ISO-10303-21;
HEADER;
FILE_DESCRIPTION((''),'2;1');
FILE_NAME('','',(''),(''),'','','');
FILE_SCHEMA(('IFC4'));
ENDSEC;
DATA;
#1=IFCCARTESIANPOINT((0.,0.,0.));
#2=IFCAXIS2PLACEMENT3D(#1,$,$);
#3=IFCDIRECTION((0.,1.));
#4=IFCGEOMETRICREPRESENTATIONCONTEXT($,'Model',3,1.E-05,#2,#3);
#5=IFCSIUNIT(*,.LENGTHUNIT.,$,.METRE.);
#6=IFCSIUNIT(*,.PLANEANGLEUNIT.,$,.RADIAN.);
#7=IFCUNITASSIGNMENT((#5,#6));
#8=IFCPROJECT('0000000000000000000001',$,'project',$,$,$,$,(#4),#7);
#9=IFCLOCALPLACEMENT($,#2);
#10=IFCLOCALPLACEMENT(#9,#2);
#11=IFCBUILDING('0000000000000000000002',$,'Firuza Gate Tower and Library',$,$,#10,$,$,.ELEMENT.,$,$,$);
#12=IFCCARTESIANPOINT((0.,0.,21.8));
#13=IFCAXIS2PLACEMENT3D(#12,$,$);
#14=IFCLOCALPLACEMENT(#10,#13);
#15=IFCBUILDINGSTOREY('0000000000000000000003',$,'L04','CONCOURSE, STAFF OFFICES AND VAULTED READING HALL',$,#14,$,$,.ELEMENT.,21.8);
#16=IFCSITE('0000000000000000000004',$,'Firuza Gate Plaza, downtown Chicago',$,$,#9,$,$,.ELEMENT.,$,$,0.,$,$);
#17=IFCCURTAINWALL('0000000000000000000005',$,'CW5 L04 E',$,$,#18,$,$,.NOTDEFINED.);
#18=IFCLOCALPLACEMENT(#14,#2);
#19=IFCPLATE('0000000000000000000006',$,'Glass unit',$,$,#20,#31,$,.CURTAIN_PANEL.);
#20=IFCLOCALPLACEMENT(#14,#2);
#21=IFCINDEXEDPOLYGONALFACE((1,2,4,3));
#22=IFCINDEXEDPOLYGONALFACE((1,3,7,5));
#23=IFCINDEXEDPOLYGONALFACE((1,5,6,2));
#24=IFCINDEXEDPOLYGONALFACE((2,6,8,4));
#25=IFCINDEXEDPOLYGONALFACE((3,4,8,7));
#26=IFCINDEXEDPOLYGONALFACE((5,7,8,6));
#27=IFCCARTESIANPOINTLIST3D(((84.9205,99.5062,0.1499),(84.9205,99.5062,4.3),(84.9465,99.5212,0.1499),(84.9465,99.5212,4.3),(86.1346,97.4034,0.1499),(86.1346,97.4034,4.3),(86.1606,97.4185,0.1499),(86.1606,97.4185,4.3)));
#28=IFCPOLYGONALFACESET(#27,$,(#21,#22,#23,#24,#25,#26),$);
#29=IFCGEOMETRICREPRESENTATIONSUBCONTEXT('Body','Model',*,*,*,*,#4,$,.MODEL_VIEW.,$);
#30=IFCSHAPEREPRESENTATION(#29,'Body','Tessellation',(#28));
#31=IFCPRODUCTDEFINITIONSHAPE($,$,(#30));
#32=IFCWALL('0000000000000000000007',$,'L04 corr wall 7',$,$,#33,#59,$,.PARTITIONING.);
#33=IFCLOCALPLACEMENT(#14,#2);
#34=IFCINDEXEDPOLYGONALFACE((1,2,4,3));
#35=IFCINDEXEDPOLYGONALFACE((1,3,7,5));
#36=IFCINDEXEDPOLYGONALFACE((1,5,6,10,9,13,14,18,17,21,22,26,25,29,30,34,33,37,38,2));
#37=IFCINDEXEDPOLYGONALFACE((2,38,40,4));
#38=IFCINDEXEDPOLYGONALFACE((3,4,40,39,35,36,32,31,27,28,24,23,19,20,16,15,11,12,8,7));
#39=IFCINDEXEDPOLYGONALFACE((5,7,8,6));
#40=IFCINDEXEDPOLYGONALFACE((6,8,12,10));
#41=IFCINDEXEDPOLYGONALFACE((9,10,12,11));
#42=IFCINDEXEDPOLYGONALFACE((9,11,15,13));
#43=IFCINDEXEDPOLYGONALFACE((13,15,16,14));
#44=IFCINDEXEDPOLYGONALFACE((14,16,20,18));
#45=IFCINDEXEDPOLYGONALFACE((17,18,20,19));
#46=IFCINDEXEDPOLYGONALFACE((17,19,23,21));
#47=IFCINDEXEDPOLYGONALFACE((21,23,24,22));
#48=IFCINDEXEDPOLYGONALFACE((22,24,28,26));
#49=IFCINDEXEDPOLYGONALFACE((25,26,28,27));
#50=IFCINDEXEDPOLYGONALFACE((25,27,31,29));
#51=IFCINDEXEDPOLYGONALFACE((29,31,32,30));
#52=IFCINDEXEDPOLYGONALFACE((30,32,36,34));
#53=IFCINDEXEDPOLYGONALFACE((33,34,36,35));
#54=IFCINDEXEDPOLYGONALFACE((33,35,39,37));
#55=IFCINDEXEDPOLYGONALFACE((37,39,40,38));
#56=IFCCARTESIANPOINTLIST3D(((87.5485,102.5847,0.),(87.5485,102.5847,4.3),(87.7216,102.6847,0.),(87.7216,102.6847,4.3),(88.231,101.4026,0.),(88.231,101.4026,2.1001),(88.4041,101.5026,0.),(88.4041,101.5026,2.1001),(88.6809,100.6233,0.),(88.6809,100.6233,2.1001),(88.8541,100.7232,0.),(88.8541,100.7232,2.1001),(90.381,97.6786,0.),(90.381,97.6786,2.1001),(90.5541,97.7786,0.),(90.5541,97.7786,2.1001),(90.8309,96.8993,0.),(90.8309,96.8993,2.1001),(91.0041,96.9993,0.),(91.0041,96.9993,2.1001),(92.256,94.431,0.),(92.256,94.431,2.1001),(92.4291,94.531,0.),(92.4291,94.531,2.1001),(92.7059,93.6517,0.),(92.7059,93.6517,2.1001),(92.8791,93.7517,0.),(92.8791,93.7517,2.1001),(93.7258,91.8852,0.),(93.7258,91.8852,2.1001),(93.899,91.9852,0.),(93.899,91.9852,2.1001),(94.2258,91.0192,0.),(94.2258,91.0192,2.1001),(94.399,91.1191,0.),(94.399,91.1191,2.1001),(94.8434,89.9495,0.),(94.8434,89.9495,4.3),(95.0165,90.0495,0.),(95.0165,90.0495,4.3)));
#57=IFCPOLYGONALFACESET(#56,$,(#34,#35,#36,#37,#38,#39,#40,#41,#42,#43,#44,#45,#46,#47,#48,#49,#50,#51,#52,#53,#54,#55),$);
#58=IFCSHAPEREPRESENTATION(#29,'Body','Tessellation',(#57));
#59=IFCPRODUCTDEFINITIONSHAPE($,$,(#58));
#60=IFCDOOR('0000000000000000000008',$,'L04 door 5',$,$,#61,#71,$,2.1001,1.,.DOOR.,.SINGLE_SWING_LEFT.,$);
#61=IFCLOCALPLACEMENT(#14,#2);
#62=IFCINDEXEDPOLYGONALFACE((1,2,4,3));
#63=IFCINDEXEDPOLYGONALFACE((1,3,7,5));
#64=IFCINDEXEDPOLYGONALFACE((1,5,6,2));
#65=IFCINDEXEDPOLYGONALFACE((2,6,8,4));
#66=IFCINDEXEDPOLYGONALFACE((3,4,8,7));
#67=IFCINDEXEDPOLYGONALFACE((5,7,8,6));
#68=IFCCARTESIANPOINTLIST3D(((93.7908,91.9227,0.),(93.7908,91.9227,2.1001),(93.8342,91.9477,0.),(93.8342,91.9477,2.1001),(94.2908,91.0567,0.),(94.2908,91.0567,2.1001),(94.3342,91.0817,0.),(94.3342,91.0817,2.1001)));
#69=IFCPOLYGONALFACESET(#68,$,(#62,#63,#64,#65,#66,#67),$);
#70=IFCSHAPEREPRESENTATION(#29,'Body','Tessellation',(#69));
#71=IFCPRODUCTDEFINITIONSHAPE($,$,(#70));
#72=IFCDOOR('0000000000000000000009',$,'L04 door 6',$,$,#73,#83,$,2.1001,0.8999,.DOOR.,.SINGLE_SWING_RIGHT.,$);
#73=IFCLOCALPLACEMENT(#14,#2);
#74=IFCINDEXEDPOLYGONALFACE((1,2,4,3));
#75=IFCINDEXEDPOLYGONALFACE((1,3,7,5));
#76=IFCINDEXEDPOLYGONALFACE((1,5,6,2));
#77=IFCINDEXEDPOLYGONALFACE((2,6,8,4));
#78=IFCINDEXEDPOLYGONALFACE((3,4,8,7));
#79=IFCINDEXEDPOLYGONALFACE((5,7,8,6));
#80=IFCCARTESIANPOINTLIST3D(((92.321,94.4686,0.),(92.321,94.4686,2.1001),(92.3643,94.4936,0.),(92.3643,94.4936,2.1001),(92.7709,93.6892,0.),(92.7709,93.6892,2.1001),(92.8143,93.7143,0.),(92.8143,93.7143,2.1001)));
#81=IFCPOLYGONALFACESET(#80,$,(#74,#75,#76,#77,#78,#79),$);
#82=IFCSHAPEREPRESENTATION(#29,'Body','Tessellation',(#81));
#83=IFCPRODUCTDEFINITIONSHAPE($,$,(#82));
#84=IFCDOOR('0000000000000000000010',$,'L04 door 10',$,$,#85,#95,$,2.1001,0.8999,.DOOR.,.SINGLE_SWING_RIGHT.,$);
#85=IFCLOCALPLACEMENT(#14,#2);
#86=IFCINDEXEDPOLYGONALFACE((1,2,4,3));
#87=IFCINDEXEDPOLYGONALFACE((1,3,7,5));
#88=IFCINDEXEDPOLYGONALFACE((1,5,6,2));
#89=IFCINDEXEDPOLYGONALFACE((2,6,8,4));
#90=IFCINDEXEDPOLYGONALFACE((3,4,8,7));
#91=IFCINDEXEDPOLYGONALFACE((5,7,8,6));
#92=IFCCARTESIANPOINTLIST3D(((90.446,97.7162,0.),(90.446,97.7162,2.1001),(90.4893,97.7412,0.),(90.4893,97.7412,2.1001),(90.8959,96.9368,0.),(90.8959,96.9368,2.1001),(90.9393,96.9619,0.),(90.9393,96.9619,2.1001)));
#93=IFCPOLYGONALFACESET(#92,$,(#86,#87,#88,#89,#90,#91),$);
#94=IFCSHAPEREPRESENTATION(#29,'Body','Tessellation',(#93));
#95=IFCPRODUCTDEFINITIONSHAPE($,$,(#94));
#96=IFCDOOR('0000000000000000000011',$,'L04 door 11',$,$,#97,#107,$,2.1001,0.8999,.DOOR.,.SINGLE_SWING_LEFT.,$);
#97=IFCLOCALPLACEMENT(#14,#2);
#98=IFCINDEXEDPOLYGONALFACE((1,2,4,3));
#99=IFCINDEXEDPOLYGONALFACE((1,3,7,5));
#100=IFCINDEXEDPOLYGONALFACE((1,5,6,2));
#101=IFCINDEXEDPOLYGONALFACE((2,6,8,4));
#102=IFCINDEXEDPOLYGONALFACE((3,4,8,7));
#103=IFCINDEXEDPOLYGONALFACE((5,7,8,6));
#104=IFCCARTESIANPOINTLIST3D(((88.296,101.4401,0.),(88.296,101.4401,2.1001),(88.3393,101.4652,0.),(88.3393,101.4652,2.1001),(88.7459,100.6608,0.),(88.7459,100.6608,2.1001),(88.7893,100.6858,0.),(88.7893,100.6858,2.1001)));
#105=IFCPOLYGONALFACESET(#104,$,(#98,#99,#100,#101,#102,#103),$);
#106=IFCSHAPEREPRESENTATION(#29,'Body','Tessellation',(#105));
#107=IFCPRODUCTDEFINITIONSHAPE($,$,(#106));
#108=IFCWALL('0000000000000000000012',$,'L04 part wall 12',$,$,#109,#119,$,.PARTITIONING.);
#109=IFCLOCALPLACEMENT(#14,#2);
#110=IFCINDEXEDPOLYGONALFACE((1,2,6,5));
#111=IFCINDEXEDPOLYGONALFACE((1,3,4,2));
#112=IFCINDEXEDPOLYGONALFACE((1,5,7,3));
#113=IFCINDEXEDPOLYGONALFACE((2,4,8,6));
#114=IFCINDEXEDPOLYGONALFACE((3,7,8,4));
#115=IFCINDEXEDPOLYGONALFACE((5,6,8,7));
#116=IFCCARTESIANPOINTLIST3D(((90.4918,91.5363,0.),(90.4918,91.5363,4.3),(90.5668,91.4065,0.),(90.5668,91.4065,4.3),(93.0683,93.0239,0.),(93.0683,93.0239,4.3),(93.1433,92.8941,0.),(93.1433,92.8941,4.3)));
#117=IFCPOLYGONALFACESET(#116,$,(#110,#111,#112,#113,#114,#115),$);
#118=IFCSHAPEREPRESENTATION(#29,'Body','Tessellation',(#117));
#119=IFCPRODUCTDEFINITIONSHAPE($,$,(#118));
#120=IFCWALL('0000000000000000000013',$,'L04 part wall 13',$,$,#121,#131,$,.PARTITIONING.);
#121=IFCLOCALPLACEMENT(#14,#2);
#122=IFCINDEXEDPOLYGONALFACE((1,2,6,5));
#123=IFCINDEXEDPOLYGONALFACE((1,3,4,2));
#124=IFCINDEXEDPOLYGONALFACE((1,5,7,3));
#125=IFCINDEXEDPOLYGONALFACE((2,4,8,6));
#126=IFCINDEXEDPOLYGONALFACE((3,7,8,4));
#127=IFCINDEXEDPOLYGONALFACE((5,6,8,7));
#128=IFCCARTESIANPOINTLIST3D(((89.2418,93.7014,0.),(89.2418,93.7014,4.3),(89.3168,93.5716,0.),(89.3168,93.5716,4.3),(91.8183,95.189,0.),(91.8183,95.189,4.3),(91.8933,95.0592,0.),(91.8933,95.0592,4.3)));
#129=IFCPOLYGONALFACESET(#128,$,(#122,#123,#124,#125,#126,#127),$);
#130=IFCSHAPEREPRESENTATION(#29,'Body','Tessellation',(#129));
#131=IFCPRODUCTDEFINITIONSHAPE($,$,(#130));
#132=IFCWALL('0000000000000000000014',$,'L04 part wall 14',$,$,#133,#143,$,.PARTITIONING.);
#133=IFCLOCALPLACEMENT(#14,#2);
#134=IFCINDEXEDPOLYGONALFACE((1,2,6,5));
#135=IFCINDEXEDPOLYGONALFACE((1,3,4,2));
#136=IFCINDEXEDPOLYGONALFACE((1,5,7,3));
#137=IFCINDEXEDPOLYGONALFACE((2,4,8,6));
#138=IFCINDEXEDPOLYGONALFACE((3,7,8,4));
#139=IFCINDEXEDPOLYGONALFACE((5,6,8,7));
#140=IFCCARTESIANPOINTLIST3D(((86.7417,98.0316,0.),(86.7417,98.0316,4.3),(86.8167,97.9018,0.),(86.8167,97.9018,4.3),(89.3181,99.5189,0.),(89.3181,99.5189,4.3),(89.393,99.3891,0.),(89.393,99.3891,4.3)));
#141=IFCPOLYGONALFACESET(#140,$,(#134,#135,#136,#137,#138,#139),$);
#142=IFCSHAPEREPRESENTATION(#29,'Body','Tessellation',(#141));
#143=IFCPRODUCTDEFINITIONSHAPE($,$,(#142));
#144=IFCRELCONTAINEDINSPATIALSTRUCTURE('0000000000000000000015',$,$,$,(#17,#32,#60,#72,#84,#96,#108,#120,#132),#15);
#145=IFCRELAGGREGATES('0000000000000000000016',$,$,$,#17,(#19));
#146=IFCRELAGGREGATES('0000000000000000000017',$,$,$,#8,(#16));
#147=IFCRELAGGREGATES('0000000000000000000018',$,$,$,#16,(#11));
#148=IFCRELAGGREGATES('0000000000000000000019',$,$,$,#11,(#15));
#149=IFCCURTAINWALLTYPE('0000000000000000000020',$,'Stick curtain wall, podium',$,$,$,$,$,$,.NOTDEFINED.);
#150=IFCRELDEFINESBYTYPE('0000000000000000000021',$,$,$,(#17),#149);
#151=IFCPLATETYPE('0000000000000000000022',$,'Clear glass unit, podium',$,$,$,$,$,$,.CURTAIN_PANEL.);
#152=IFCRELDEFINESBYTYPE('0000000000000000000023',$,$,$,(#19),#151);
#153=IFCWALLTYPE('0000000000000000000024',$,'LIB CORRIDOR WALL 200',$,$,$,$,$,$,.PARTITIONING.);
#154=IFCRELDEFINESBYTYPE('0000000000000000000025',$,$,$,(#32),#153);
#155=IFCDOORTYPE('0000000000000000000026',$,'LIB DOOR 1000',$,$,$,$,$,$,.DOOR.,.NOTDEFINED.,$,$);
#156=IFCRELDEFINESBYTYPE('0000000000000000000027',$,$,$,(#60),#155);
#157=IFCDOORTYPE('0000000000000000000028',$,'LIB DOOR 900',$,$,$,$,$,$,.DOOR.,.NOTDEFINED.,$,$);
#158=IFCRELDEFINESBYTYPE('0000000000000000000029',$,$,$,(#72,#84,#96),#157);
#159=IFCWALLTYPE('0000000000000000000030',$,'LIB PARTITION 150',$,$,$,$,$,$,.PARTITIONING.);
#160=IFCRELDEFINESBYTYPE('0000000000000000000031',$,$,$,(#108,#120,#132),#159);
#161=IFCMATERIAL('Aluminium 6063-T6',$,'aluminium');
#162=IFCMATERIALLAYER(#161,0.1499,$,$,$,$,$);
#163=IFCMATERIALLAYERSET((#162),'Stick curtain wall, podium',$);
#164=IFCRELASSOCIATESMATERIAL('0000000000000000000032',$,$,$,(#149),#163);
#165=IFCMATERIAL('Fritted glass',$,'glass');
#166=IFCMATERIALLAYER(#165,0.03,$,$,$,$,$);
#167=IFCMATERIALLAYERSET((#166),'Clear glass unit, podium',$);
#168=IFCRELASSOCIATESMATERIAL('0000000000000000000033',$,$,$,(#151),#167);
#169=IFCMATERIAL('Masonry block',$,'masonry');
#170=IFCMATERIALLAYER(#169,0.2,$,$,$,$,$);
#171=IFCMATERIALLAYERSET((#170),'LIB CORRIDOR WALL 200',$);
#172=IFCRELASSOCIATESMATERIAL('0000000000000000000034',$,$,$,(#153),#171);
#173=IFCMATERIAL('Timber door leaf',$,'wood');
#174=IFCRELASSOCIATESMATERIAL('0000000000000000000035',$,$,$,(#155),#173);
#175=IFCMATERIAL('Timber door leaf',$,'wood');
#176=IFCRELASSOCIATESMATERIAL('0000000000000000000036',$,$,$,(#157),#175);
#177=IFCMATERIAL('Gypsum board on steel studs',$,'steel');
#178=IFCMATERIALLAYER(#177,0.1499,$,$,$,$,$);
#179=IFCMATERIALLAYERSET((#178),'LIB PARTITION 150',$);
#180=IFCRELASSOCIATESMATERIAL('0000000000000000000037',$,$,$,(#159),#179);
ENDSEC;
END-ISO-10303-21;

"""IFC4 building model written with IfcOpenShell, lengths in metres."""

from ifc_helpers import new_model, si_unit, direction, frame, frame_2d, origin, place, context, subcontext, project, spatial, polyline, rectangle, outline, extrude, material, layer, layer_set, type_object, element, fill, aggregate, save


model = new_model("IFC4")

# Units and contexts
model_context = context("Model", 3, precision=1e-05, world=origin(), true_north=direction((0.0, 1.0)))
body_context = subcontext(model_context, "Body", "Model", "MODEL_VIEW")
ifc_project = project(units=[si_unit("LENGTHUNIT", "METRE"), si_unit("PLANEANGLEUNIT", "RADIAN")], contexts=[model_context])

# Site, building, storey
site_placement = place(None, origin())
site = spatial("IfcSite", under=ifc_project, at=site_placement, Name="Firuza Gate Plaza, downtown Chicago", CompositionType="ELEMENT", RefElevation=0.0)
building_placement = place(site_placement, origin())
building = spatial("IfcBuilding", under=site, at=building_placement, Name="Firuza Gate Tower and Library", CompositionType="ELEMENT")
storey_placement = place(building_placement, frame((0.0, 0.0, 21.8)))
storey = spatial("IfcBuildingStorey", under=building, at=storey_placement, Name="L04", Description="CONCOURSE, STAFF OFFICES AND VAULTED READING HALL", CompositionType="ELEMENT", Elevation=21.8)

# Curtain wall
ifc_material_1 = material(Name="Aluminium 6063-T6", Category="aluminium")
ifc_layer_1 = layer(ifc_material_1, 0.1499)
ifc_layer_set_1 = layer_set([ifc_layer_1], Name="Stick curtain wall, podium")
curtain_wall_type = type_object("IfcCurtainWallType", Name="Stick curtain wall, podium", PredefinedType="NOTDEFINED", material=ifc_layer_set_1)
curtain_wall_placement = place(storey_placement, origin())
curtain_wall = element("IfcCurtainWall", 1, at=curtain_wall_placement, inside=storey, type_object=curtain_wall_type, Name="CW5 L04 E", PredefinedType="NOTDEFINED")

# Plate
ifc_material_2 = material(Name="Fritted glass", Category="glass")
ifc_layer_2 = layer(ifc_material_2, 0.03)
ifc_layer_set_2 = layer_set([ifc_layer_2], Name="Clear glass unit, podium")
plate_type = type_object("IfcPlateType", Name="Clear glass unit, podium", PredefinedType="CURTAIN_PANEL", material=ifc_layer_set_2)
plate_1_placement = place(storey_placement, frame((86.1606, 97.4185, 0.1499), z_axis=(0.866013, 0.500021, 0.0), x_axis=(-0.500021, 0.866013, 0.0)))
plate_1 = element("IfcPlate", 2, at=plate_1_placement, type_object=plate_type, Name="Glass unit", PredefinedType="CURTAIN_PANEL", context=body_context, shape_type="SweptSolid", body=[
    extrude(outline(polyline([(0.0, 0.0), (2.4281, 0.0), (2.4281, 4.1501), (0.0, 4.1501), (0.0, 0.0)])), origin(), (0.0, 0.0, -1.0), 0.03),
])
aggregate(curtain_wall, [plate_1])

# Wall, openings, doors
ifc_material_3 = material(Name="Masonry block", Category="masonry")
ifc_layer_3 = layer(ifc_material_3, 0.2)
ifc_layer_set_3 = layer_set([ifc_layer_3], Name="LIB CORRIDOR WALL 200")
wall_type_1 = type_object("IfcWallType", Name="LIB CORRIDOR WALL 200", PredefinedType="PARTITIONING", material=ifc_layer_set_3)
wall_1_placement = place(storey_placement, frame((94.9299, 89.9995, 0.0), z_axis=(0.0, 0.0, 1.0), x_axis=(-0.499998, 0.866027, 0.0)))
wall_1 = element("IfcWall", 3, at=wall_1_placement, inside=storey, type_object=wall_type_1, Name="L04 corr wall 7", PredefinedType="PARTITIONING", context=body_context, shape_type="SweptSolid", body=[
    extrude(rectangle(XDim=14.5898, YDim=0.2, at=frame_2d((7.2949, 0.0))), origin(), (0.0, 0.0, 1.0), 4.3),
])
opening_1_placement = place(wall_1_placement, frame((1.2351, 0.0, 0.0)))
opening_1 = element("IfcOpeningElement", 4, at=opening_1_placement, cuts=wall_1, PredefinedType="OPENING", context=body_context, shape_type="SweptSolid", body=[
    extrude(rectangle(XDim=1.0, YDim=2.1001, at=frame_2d((0.5, 1.05))), frame((0.0, 0.1099, 0.0), z_axis=(0.0, -1.0, 0.0), x_axis=(1.0, 0.0, 0.0)), (0.0, 0.0, 1.0), 0.22),
])
opening_2_placement = place(wall_1_placement, frame((4.2749, 0.0, 0.0)))
opening_2 = element("IfcOpeningElement", 5, at=opening_2_placement, cuts=wall_1, PredefinedType="OPENING", context=body_context, shape_type="SweptSolid", body=[
    extrude(rectangle(XDim=0.8999, YDim=2.1001, at=frame_2d((0.45, 1.05))), frame((0.0, 0.1099, 0.0), z_axis=(0.0, -1.0, 0.0), x_axis=(1.0, 0.0, 0.0)), (0.0, 0.0, 1.0), 0.22),
])
opening_3_placement = place(wall_1_placement, frame((8.0249, 0.0, 0.0)))
opening_3 = element("IfcOpeningElement", 6, at=opening_3_placement, cuts=wall_1, PredefinedType="OPENING", context=body_context, shape_type="SweptSolid", body=[
    extrude(rectangle(XDim=0.8999, YDim=2.1001, at=frame_2d((0.45, 1.05))), frame((0.0, 0.1099, 0.0), z_axis=(0.0, -1.0, 0.0), x_axis=(1.0, 0.0, 0.0)), (0.0, 0.0, 1.0), 0.22),
])
opening_4_placement = place(wall_1_placement, frame((12.325, 0.0, 0.0)))
opening_4 = element("IfcOpeningElement", 7, at=opening_4_placement, cuts=wall_1, PredefinedType="OPENING", context=body_context, shape_type="SweptSolid", body=[
    extrude(rectangle(XDim=0.8999, YDim=2.1001, at=frame_2d((0.45, 1.05))), frame((0.0, 0.1099, 0.0), z_axis=(0.0, -1.0, 0.0), x_axis=(1.0, 0.0, 0.0)), (0.0, 0.0, 1.0), 0.22),
])
ifc_material_4 = material(Name="Timber door leaf", Category="wood")
door_type_1 = type_object("IfcDoorType", Name="LIB DOOR 1000", OperationType="NOTDEFINED", PredefinedType="DOOR", material=ifc_material_4)
door_1_placement = place(opening_1_placement, origin())
door_1 = element("IfcDoor", 8, at=door_1_placement, inside=storey, type_object=door_type_1, Name="L04 door 5", OperationType="SINGLE_SWING_LEFT", OverallHeight=2.1001, OverallWidth=1.0, PredefinedType="DOOR", context=body_context, shape_type="SweptSolid", body=[
    extrude(rectangle(XDim=1.0, YDim=2.1001, at=frame_2d((0.5, 1.05))), frame((0.0, 0.0249, 0.0), z_axis=(0.0, -1.0, 0.0), x_axis=(1.0, 0.0, 0.0)), (0.0, 0.0, 1.0), 0.05),
])
fill(opening_1, door_1)
ifc_material_5 = material(Name="Timber door leaf", Category="wood")
door_type_2 = type_object("IfcDoorType", Name="LIB DOOR 900", OperationType="NOTDEFINED", PredefinedType="DOOR", material=ifc_material_5)
door_2_placement = place(opening_2_placement, origin())
door_2 = element("IfcDoor", 9, at=door_2_placement, inside=storey, type_object=door_type_2, Name="L04 door 6", OperationType="SINGLE_SWING_RIGHT", OverallHeight=2.1001, OverallWidth=0.8999, PredefinedType="DOOR", context=body_context, shape_type="SweptSolid", body=[
    extrude(rectangle(XDim=0.8999, YDim=2.1001, at=frame_2d((0.45, 1.05))), frame((0.0, 0.0249, 0.0), z_axis=(0.0, -1.0, 0.0), x_axis=(1.0, 0.0, 0.0)), (0.0, 0.0, 1.0), 0.05),
])
fill(opening_2, door_2)
door_3_placement = place(opening_3_placement, origin())
door_3 = element("IfcDoor", 10, at=door_3_placement, inside=storey, type_object=door_type_2, Name="L04 door 10", OperationType="SINGLE_SWING_RIGHT", OverallHeight=2.1001, OverallWidth=0.8999, PredefinedType="DOOR", context=body_context, shape_type="SweptSolid", body=[
    extrude(rectangle(XDim=0.8999, YDim=2.1001, at=frame_2d((0.45, 1.05))), frame((0.0, 0.0249, 0.0), z_axis=(0.0, -1.0, 0.0), x_axis=(1.0, 0.0, 0.0)), (0.0, 0.0, 1.0), 0.05),
])
fill(opening_3, door_3)
door_4_placement = place(opening_4_placement, origin())
door_4 = element("IfcDoor", 11, at=door_4_placement, inside=storey, type_object=door_type_2, Name="L04 door 11", OperationType="SINGLE_SWING_LEFT", OverallHeight=2.1001, OverallWidth=0.8999, PredefinedType="DOOR", context=body_context, shape_type="SweptSolid", body=[
    extrude(rectangle(XDim=0.8999, YDim=2.1001, at=frame_2d((0.45, 1.05))), frame((0.0, 0.0249, 0.0), z_axis=(0.0, -1.0, 0.0), x_axis=(1.0, 0.0, 0.0)), (0.0, 0.0, 1.0), 0.05),
])
fill(opening_4, door_4)

# Walls
ifc_material_6 = material(Name="Gypsum board on steel studs", Category="steel")
ifc_layer_4 = layer(ifc_material_6, 0.1499)
ifc_layer_set_4 = layer_set([ifc_layer_4], Name="LIB PARTITION 150")
wall_type_2 = type_object("IfcWallType", Name="LIB PARTITION 150", PredefinedType="PARTITIONING", material=ifc_layer_set_4)
for number, where, z_axis, x_axis, name in (
    (12, (90.5293, 91.4714, 0.0), (0.0, 0.0, 1.0), (0.866017, 0.500014, 0.0), "L04 part wall 12"),
    (13, (89.2793, 93.6365, 0.0), (0.0, 0.0, 1.0), (0.866017, 0.500014, 0.0), "L04 part wall 13"),
):
    element("IfcWall", number, at=place(storey_placement, frame(where, z_axis=z_axis, x_axis=x_axis)), inside=storey, type_object=wall_type_2, Name=name, PredefinedType="PARTITIONING", context=body_context, shape_type="SweptSolid", body=[
        extrude(rectangle(XDim=2.9751, YDim=0.1499, at=frame_2d((1.4875, 0.0))), origin(), (0.0, 0.0, 1.0), 4.3),
    ])
wall_2_placement = place(storey_placement, frame((86.7793, 97.9668, 0.0), z_axis=(0.0, 0.0, 1.0), x_axis=(0.866053, 0.499952, 0.0)))
element("IfcWall", 14, at=wall_2_placement, inside=storey, type_object=wall_type_2, Name="L04 part wall 14", PredefinedType="PARTITIONING", context=body_context, shape_type="SweptSolid", body=[
    extrude(rectangle(XDim=2.9749, YDim=0.1499, at=frame_2d((1.4873, 0.0))), origin(), (0.0, 0.0, 1.0), 4.3),
])

save(model, "model.ifc")
